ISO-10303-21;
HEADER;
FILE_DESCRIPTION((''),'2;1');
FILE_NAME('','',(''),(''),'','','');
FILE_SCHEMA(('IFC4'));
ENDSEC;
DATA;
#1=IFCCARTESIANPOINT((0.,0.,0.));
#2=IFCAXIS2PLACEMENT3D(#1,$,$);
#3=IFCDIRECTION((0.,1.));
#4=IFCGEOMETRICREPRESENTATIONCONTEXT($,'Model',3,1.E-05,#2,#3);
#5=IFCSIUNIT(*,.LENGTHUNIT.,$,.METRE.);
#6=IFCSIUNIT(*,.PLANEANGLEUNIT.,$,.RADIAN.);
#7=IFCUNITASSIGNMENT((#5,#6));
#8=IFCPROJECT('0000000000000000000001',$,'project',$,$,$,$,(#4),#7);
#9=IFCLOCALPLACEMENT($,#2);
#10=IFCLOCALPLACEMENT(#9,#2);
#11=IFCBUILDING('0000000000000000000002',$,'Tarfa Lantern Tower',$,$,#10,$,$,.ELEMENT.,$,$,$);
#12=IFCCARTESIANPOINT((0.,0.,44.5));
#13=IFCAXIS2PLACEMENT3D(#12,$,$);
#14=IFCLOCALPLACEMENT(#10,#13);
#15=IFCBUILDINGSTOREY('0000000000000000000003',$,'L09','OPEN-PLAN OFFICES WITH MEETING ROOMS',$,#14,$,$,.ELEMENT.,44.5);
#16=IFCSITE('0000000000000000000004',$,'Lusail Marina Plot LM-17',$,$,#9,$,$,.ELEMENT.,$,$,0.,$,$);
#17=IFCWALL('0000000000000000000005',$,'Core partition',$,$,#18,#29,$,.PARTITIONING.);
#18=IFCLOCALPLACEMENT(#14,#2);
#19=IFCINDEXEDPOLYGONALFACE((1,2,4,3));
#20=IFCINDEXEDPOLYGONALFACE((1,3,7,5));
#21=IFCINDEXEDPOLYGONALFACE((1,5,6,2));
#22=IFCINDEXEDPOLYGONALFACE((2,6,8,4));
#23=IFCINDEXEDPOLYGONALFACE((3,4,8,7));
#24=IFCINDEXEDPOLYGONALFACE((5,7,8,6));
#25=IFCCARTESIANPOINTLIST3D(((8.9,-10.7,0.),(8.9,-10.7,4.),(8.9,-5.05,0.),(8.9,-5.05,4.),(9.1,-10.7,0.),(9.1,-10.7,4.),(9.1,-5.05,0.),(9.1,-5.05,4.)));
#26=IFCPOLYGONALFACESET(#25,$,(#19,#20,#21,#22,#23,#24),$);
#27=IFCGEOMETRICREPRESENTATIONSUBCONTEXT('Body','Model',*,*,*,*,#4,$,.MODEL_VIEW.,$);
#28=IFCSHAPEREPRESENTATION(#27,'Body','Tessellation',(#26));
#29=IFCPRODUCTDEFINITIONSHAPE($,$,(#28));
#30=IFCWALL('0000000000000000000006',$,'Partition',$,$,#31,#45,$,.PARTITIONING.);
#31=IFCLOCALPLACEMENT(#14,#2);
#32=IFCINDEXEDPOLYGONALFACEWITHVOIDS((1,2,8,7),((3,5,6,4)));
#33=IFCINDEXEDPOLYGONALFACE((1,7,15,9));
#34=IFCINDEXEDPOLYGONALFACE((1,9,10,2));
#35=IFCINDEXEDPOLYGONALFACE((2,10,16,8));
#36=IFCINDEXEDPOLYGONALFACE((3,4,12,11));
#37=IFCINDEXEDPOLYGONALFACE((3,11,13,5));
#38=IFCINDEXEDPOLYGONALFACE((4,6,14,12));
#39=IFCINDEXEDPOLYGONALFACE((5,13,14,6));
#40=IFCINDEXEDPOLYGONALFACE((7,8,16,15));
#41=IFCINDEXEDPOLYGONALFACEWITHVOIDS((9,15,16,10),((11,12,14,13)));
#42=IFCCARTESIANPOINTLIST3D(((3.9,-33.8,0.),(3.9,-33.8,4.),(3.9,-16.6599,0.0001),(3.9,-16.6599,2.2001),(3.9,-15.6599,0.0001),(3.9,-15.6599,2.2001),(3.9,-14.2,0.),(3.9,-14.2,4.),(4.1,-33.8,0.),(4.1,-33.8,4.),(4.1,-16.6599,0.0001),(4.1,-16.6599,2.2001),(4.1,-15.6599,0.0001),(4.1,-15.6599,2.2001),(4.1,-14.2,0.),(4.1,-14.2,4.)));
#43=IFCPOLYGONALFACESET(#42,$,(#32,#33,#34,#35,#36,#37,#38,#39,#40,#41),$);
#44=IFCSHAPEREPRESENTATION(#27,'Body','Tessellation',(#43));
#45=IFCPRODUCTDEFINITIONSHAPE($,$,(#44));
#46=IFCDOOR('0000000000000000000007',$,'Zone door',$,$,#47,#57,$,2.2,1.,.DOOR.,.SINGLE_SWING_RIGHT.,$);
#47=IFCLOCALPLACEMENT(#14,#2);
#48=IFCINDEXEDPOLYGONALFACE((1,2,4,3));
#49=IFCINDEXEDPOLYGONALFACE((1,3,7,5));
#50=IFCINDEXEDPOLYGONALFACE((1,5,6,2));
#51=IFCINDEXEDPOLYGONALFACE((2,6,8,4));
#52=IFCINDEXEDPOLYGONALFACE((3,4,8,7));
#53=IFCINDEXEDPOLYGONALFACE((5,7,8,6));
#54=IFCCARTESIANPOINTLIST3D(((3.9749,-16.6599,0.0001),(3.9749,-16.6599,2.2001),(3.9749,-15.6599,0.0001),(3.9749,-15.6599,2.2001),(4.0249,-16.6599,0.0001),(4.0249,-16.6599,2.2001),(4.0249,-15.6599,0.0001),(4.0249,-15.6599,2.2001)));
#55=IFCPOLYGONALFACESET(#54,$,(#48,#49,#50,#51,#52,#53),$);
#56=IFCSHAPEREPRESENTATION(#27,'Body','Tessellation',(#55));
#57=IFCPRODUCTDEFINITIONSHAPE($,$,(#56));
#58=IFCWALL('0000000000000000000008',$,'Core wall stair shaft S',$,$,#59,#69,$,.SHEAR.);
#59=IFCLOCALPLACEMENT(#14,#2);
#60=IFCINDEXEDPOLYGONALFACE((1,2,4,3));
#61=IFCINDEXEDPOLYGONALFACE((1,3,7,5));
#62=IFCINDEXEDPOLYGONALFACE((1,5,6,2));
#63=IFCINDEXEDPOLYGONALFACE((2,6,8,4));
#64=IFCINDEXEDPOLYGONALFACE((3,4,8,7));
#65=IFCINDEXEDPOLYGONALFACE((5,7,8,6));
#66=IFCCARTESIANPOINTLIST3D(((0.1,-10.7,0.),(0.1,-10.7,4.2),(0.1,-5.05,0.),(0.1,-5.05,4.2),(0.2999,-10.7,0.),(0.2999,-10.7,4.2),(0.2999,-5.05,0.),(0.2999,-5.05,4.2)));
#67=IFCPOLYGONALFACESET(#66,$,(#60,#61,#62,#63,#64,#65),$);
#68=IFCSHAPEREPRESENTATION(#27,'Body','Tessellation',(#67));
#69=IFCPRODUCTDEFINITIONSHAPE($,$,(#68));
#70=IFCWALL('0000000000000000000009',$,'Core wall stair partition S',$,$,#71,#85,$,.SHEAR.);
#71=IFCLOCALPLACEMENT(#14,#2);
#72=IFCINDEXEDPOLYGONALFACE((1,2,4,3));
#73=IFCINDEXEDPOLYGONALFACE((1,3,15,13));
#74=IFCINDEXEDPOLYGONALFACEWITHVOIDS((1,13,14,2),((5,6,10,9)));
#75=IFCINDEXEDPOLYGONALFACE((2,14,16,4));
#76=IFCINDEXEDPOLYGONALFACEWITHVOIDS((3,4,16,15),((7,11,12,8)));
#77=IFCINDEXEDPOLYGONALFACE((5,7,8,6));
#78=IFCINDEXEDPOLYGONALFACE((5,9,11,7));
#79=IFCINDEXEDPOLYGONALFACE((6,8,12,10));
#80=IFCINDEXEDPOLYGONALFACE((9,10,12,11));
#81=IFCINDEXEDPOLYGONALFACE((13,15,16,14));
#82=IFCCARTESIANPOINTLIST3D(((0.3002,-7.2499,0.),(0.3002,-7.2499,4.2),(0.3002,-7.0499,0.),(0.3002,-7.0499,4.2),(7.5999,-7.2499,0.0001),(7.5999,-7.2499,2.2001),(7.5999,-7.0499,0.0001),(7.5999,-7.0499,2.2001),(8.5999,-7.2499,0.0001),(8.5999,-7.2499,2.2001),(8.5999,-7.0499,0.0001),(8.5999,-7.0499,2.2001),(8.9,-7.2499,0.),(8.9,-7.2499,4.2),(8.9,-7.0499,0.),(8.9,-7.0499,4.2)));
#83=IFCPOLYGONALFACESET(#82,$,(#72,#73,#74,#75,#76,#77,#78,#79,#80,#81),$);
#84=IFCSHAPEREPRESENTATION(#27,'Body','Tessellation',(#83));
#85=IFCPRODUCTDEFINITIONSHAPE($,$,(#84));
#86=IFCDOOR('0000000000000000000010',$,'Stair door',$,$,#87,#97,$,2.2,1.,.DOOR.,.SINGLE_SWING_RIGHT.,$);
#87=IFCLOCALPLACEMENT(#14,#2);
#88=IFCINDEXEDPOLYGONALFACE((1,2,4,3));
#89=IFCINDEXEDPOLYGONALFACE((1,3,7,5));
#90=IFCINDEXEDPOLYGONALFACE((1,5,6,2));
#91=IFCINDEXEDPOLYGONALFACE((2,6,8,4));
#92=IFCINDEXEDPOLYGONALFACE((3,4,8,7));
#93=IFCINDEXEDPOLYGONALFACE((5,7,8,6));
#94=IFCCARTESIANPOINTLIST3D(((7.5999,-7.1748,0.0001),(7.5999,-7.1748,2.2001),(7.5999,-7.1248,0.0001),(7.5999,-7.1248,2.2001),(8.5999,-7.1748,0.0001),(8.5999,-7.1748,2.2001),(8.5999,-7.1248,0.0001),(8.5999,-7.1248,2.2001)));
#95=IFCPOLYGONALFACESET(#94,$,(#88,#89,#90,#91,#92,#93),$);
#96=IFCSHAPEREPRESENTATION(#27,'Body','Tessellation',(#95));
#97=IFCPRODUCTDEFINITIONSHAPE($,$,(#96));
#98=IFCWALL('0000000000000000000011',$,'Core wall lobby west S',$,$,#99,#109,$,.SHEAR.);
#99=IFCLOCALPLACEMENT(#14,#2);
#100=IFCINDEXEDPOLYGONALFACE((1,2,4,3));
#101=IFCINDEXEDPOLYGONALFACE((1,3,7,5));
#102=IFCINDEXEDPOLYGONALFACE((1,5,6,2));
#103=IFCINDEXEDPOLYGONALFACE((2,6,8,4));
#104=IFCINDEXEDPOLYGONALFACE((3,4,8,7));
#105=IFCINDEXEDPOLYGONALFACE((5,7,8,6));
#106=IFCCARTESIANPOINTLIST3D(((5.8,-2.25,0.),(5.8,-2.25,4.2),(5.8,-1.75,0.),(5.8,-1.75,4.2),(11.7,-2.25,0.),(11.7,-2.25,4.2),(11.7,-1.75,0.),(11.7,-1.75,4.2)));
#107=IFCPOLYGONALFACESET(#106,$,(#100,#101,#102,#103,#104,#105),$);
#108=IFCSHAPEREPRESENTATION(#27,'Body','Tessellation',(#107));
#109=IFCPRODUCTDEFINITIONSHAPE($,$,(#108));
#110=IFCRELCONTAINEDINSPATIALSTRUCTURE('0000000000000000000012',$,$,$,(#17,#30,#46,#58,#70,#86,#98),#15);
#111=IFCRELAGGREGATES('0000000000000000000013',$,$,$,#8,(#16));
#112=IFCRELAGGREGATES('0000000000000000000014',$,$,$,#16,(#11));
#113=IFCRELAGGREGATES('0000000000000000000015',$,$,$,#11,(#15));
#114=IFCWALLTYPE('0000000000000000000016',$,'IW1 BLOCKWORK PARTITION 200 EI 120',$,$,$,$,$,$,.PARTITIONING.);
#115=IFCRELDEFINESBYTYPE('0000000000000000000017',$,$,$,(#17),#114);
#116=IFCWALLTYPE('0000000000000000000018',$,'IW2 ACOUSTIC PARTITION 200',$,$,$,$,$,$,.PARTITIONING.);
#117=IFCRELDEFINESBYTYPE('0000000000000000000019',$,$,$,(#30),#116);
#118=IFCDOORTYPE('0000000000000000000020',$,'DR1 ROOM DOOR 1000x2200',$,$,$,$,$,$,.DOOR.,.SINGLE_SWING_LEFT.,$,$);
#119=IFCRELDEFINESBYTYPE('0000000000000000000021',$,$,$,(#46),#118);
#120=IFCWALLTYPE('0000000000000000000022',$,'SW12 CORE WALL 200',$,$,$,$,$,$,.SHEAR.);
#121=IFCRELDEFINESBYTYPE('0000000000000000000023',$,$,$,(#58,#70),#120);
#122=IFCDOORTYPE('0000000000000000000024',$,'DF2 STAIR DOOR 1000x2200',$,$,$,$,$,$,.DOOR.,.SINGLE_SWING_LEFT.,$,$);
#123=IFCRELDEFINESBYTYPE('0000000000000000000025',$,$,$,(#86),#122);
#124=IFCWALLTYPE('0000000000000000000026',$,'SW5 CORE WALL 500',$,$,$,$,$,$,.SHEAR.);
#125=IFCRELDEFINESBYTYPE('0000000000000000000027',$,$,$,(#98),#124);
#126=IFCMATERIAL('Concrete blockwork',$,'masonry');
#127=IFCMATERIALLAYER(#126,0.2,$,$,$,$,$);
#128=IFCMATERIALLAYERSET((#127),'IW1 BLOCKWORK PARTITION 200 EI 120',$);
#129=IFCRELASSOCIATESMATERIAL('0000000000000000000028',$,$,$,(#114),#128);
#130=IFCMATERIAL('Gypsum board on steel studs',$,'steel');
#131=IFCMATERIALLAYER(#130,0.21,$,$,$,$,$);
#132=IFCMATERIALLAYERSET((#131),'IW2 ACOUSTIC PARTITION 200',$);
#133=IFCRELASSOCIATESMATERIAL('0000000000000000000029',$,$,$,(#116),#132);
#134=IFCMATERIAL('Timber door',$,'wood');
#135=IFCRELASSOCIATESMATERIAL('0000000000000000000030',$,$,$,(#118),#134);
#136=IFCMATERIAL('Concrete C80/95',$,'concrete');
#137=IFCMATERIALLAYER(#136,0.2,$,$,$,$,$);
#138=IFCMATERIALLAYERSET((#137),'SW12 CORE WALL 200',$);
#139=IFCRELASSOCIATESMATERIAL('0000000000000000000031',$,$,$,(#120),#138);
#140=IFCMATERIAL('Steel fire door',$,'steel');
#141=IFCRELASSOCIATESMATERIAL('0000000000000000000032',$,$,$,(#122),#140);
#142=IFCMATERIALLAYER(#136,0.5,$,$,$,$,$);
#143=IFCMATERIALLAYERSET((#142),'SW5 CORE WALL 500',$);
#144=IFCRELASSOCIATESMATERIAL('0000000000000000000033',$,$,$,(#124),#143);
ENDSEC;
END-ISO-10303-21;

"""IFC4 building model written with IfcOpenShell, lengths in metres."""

from ifc_helpers import new_model, si_unit, direction, frame, frame_2d, origin, place, context, subcontext, project, spatial, rectangle, extrude, material, layer, layer_set, type_object, element, fill, save


model = new_model("IFC4")

# Units and contexts
model_context = context("Model", 3, precision=1e-05, world=origin(), true_north=direction((0.0, 1.0)))
body_context = subcontext(model_context, "Body", "Model", "MODEL_VIEW")
ifc_project = project(units=[si_unit("LENGTHUNIT", "METRE"), si_unit("PLANEANGLEUNIT", "RADIAN")], contexts=[model_context])

# Site, building, storey
site_placement = place(None, origin())
site = spatial("IfcSite", under=ifc_project, at=site_placement, Name="Lusail Marina Plot LM-17", CompositionType="ELEMENT", RefElevation=0.0)
building_placement = place(site_placement, origin())
building = spatial("IfcBuilding", under=site, at=building_placement, Name="Tarfa Lantern Tower", CompositionType="ELEMENT")
storey_placement = place(building_placement, frame((0.0, 0.0, 44.5)))
storey = spatial("IfcBuildingStorey", under=building, at=storey_placement, Name="L09", Description="OPEN-PLAN OFFICES WITH MEETING ROOMS", CompositionType="ELEMENT", Elevation=44.5)

# Wall
ifc_material_1 = material(Name="Concrete blockwork", Category="masonry")
ifc_layer_1 = layer(ifc_material_1, 0.2)
ifc_layer_set_1 = layer_set([ifc_layer_1], Name="IW1 BLOCKWORK PARTITION 200 EI 120")
wall_type_1 = type_object("IfcWallType", Name="IW1 BLOCKWORK PARTITION 200 EI 120", PredefinedType="PARTITIONING", material=ifc_layer_set_1)
wall_1_placement = place(storey_placement, frame((9.0, -5.05, 0.0), z_axis=(0.0, 0.0, 1.0), x_axis=(0.0, -1.0, 0.0)))
element("IfcWall", 1, at=wall_1_placement, inside=storey, type_object=wall_type_1, Name="Core partition", PredefinedType="PARTITIONING", context=body_context, shape_type="SweptSolid", body=[
    extrude(rectangle(XDim=5.6499, YDim=0.2, at=frame_2d((2.825, 0.0))), origin(), (0.0, 0.0, 1.0), 4.0),
])

# Wall, opening, door
ifc_material_2 = material(Name="Gypsum board on steel studs", Category="steel")
ifc_layer_2 = layer(ifc_material_2, 0.21)
ifc_layer_set_2 = layer_set([ifc_layer_2], Name="IW2 ACOUSTIC PARTITION 200")
wall_type_2 = type_object("IfcWallType", Name="IW2 ACOUSTIC PARTITION 200", PredefinedType="PARTITIONING", material=ifc_layer_set_2)
wall_2_placement = place(storey_placement, frame((4.0, -14.2, 0.0), z_axis=(0.0, 0.0, 1.0), x_axis=(0.0, -1.0, 0.0)))
wall_2 = element("IfcWall", 2, at=wall_2_placement, inside=storey, type_object=wall_type_2, Name="Partition", PredefinedType="PARTITIONING", context=body_context, shape_type="SweptSolid", body=[
    extrude(rectangle(XDim=19.6001, YDim=0.2, at=frame_2d((9.8, 0.0))), origin(), (0.0, 0.0, 1.0), 4.0),
])
opening_1_placement = place(wall_2_placement, frame((1.46, 0.0, 0.0)))
opening_1 = element("IfcOpeningElement", 3, at=opening_1_placement, cuts=wall_2, PredefinedType="OPENING", context=body_context, shape_type="SweptSolid", body=[
    extrude(rectangle(XDim=1.0, YDim=2.2, at=frame_2d((0.5, 1.1001))), frame((0.0, 0.1099, 0.0), z_axis=(0.0, -1.0, 0.0), x_axis=(1.0, 0.0, 0.0)), (0.0, 0.0, 1.0), 0.22),
])
ifc_material_3 = material(Name="Timber door", Category="wood")
door_type_1 = type_object("IfcDoorType", Name="DR1 ROOM DOOR 1000x2200", OperationType="SINGLE_SWING_LEFT", PredefinedType="DOOR", material=ifc_material_3)
door_1_placement = place(opening_1_placement, origin())
door_1 = element("IfcDoor", 4, at=door_1_placement, inside=storey, type_object=door_type_1, Name="Zone door", OperationType="SINGLE_SWING_RIGHT", OverallHeight=2.2, OverallWidth=1.0, PredefinedType="DOOR", context=body_context, shape_type="SweptSolid", body=[
    extrude(rectangle(XDim=1.0, YDim=2.2, at=frame_2d((0.5, 1.1001))), frame((0.0, 0.0249, 0.0), z_axis=(0.0, -1.0, 0.0), x_axis=(1.0, 0.0, 0.0)), (0.0, 0.0, 1.0), 0.05),
])
fill(opening_1, door_1)

# Wall
ifc_material_4 = material(Name="Concrete C80/95", Category="concrete")
ifc_layer_3 = layer(ifc_material_4, 0.2)
ifc_layer_set_3 = layer_set([ifc_layer_3], Name="SW12 CORE WALL 200")
wall_type_3 = type_object("IfcWallType", Name="SW12 CORE WALL 200", PredefinedType="SHEAR", material=ifc_layer_set_3)
wall_3_placement = place(storey_placement, frame((0.2, -5.05, 0.0), z_axis=(0.0, 0.0, 1.0), x_axis=(0.0, -1.0, 0.0)))
element("IfcWall", 5, at=wall_3_placement, inside=storey, type_object=wall_type_3, Name="Core wall stair shaft S", PredefinedType="SHEAR", context=body_context, shape_type="SweptSolid", body=[
    extrude(rectangle(XDim=5.6499, YDim=0.2, at=frame_2d((2.825, 0.0))), origin(), (0.0, 0.0, 1.0), 4.2),
])

# Wall, opening, door
wall_4_placement = place(storey_placement, frame((8.8999, -7.1499, 0.0), z_axis=(0.0, 0.0, 1.0), x_axis=(-1.0, 0.0, 0.0)))
wall_4 = element("IfcWall", 6, at=wall_4_placement, inside=storey, type_object=wall_type_3, Name="Core wall stair partition S", PredefinedType="SHEAR", context=body_context, shape_type="SweptSolid", body=[
    extrude(rectangle(XDim=8.5999, YDim=0.2, at=frame_2d((4.2998, 0.0))), origin(), (0.0, 0.0, 1.0), 4.2),
])
opening_2_placement = place(wall_4_placement, frame((0.3, 0.0, 0.0)))
opening_2 = element("IfcOpeningElement", 7, at=opening_2_placement, cuts=wall_4, PredefinedType="OPENING", context=body_context, shape_type="SweptSolid", body=[
    extrude(rectangle(XDim=1.0, YDim=2.2, at=frame_2d((0.5, 1.1001))), frame((0.0, 0.1099, 0.0), z_axis=(0.0, -1.0, 0.0), x_axis=(1.0, 0.0, 0.0)), (0.0, 0.0, 1.0), 0.22),
])
ifc_material_5 = material(Name="Steel fire door", Category="steel")
door_type_2 = type_object("IfcDoorType", Name="DF2 STAIR DOOR 1000x2200", OperationType="SINGLE_SWING_LEFT", PredefinedType="DOOR", material=ifc_material_5)
door_2_placement = place(opening_2_placement, origin())
door_2 = element("IfcDoor", 8, at=door_2_placement, inside=storey, type_object=door_type_2, Name="Stair door", OperationType="SINGLE_SWING_RIGHT", OverallHeight=2.2, OverallWidth=1.0, PredefinedType="DOOR", context=body_context, shape_type="SweptSolid", body=[
    extrude(rectangle(XDim=1.0, YDim=2.2, at=frame_2d((0.5, 1.1001))), frame((0.0, 0.0249, 0.0), z_axis=(0.0, -1.0, 0.0), x_axis=(1.0, 0.0, 0.0)), (0.0, 0.0, 1.0), 0.05),
])
fill(opening_2, door_2)

# Wall
ifc_layer_4 = layer(ifc_material_4, 0.5)
ifc_layer_set_4 = layer_set([ifc_layer_4], Name="SW5 CORE WALL 500")
wall_type_4 = type_object("IfcWallType", Name="SW5 CORE WALL 500", PredefinedType="SHEAR", material=ifc_layer_set_4)
wall_5_placement = place(storey_placement, frame((11.7, -2.0, 0.0), z_axis=(0.0, 0.0, 1.0), x_axis=(-1.0, 0.0, 0.0)))
element("IfcWall", 9, at=wall_5_placement, inside=storey, type_object=wall_type_4, Name="Core wall lobby west S", PredefinedType="SHEAR", context=body_context, shape_type="SweptSolid", body=[
    extrude(rectangle(XDim=5.8999, YDim=0.5, at=frame_2d((2.95, 0.0))), origin(), (0.0, 0.0, 1.0), 4.2),
])

save(model, "model.ifc")
